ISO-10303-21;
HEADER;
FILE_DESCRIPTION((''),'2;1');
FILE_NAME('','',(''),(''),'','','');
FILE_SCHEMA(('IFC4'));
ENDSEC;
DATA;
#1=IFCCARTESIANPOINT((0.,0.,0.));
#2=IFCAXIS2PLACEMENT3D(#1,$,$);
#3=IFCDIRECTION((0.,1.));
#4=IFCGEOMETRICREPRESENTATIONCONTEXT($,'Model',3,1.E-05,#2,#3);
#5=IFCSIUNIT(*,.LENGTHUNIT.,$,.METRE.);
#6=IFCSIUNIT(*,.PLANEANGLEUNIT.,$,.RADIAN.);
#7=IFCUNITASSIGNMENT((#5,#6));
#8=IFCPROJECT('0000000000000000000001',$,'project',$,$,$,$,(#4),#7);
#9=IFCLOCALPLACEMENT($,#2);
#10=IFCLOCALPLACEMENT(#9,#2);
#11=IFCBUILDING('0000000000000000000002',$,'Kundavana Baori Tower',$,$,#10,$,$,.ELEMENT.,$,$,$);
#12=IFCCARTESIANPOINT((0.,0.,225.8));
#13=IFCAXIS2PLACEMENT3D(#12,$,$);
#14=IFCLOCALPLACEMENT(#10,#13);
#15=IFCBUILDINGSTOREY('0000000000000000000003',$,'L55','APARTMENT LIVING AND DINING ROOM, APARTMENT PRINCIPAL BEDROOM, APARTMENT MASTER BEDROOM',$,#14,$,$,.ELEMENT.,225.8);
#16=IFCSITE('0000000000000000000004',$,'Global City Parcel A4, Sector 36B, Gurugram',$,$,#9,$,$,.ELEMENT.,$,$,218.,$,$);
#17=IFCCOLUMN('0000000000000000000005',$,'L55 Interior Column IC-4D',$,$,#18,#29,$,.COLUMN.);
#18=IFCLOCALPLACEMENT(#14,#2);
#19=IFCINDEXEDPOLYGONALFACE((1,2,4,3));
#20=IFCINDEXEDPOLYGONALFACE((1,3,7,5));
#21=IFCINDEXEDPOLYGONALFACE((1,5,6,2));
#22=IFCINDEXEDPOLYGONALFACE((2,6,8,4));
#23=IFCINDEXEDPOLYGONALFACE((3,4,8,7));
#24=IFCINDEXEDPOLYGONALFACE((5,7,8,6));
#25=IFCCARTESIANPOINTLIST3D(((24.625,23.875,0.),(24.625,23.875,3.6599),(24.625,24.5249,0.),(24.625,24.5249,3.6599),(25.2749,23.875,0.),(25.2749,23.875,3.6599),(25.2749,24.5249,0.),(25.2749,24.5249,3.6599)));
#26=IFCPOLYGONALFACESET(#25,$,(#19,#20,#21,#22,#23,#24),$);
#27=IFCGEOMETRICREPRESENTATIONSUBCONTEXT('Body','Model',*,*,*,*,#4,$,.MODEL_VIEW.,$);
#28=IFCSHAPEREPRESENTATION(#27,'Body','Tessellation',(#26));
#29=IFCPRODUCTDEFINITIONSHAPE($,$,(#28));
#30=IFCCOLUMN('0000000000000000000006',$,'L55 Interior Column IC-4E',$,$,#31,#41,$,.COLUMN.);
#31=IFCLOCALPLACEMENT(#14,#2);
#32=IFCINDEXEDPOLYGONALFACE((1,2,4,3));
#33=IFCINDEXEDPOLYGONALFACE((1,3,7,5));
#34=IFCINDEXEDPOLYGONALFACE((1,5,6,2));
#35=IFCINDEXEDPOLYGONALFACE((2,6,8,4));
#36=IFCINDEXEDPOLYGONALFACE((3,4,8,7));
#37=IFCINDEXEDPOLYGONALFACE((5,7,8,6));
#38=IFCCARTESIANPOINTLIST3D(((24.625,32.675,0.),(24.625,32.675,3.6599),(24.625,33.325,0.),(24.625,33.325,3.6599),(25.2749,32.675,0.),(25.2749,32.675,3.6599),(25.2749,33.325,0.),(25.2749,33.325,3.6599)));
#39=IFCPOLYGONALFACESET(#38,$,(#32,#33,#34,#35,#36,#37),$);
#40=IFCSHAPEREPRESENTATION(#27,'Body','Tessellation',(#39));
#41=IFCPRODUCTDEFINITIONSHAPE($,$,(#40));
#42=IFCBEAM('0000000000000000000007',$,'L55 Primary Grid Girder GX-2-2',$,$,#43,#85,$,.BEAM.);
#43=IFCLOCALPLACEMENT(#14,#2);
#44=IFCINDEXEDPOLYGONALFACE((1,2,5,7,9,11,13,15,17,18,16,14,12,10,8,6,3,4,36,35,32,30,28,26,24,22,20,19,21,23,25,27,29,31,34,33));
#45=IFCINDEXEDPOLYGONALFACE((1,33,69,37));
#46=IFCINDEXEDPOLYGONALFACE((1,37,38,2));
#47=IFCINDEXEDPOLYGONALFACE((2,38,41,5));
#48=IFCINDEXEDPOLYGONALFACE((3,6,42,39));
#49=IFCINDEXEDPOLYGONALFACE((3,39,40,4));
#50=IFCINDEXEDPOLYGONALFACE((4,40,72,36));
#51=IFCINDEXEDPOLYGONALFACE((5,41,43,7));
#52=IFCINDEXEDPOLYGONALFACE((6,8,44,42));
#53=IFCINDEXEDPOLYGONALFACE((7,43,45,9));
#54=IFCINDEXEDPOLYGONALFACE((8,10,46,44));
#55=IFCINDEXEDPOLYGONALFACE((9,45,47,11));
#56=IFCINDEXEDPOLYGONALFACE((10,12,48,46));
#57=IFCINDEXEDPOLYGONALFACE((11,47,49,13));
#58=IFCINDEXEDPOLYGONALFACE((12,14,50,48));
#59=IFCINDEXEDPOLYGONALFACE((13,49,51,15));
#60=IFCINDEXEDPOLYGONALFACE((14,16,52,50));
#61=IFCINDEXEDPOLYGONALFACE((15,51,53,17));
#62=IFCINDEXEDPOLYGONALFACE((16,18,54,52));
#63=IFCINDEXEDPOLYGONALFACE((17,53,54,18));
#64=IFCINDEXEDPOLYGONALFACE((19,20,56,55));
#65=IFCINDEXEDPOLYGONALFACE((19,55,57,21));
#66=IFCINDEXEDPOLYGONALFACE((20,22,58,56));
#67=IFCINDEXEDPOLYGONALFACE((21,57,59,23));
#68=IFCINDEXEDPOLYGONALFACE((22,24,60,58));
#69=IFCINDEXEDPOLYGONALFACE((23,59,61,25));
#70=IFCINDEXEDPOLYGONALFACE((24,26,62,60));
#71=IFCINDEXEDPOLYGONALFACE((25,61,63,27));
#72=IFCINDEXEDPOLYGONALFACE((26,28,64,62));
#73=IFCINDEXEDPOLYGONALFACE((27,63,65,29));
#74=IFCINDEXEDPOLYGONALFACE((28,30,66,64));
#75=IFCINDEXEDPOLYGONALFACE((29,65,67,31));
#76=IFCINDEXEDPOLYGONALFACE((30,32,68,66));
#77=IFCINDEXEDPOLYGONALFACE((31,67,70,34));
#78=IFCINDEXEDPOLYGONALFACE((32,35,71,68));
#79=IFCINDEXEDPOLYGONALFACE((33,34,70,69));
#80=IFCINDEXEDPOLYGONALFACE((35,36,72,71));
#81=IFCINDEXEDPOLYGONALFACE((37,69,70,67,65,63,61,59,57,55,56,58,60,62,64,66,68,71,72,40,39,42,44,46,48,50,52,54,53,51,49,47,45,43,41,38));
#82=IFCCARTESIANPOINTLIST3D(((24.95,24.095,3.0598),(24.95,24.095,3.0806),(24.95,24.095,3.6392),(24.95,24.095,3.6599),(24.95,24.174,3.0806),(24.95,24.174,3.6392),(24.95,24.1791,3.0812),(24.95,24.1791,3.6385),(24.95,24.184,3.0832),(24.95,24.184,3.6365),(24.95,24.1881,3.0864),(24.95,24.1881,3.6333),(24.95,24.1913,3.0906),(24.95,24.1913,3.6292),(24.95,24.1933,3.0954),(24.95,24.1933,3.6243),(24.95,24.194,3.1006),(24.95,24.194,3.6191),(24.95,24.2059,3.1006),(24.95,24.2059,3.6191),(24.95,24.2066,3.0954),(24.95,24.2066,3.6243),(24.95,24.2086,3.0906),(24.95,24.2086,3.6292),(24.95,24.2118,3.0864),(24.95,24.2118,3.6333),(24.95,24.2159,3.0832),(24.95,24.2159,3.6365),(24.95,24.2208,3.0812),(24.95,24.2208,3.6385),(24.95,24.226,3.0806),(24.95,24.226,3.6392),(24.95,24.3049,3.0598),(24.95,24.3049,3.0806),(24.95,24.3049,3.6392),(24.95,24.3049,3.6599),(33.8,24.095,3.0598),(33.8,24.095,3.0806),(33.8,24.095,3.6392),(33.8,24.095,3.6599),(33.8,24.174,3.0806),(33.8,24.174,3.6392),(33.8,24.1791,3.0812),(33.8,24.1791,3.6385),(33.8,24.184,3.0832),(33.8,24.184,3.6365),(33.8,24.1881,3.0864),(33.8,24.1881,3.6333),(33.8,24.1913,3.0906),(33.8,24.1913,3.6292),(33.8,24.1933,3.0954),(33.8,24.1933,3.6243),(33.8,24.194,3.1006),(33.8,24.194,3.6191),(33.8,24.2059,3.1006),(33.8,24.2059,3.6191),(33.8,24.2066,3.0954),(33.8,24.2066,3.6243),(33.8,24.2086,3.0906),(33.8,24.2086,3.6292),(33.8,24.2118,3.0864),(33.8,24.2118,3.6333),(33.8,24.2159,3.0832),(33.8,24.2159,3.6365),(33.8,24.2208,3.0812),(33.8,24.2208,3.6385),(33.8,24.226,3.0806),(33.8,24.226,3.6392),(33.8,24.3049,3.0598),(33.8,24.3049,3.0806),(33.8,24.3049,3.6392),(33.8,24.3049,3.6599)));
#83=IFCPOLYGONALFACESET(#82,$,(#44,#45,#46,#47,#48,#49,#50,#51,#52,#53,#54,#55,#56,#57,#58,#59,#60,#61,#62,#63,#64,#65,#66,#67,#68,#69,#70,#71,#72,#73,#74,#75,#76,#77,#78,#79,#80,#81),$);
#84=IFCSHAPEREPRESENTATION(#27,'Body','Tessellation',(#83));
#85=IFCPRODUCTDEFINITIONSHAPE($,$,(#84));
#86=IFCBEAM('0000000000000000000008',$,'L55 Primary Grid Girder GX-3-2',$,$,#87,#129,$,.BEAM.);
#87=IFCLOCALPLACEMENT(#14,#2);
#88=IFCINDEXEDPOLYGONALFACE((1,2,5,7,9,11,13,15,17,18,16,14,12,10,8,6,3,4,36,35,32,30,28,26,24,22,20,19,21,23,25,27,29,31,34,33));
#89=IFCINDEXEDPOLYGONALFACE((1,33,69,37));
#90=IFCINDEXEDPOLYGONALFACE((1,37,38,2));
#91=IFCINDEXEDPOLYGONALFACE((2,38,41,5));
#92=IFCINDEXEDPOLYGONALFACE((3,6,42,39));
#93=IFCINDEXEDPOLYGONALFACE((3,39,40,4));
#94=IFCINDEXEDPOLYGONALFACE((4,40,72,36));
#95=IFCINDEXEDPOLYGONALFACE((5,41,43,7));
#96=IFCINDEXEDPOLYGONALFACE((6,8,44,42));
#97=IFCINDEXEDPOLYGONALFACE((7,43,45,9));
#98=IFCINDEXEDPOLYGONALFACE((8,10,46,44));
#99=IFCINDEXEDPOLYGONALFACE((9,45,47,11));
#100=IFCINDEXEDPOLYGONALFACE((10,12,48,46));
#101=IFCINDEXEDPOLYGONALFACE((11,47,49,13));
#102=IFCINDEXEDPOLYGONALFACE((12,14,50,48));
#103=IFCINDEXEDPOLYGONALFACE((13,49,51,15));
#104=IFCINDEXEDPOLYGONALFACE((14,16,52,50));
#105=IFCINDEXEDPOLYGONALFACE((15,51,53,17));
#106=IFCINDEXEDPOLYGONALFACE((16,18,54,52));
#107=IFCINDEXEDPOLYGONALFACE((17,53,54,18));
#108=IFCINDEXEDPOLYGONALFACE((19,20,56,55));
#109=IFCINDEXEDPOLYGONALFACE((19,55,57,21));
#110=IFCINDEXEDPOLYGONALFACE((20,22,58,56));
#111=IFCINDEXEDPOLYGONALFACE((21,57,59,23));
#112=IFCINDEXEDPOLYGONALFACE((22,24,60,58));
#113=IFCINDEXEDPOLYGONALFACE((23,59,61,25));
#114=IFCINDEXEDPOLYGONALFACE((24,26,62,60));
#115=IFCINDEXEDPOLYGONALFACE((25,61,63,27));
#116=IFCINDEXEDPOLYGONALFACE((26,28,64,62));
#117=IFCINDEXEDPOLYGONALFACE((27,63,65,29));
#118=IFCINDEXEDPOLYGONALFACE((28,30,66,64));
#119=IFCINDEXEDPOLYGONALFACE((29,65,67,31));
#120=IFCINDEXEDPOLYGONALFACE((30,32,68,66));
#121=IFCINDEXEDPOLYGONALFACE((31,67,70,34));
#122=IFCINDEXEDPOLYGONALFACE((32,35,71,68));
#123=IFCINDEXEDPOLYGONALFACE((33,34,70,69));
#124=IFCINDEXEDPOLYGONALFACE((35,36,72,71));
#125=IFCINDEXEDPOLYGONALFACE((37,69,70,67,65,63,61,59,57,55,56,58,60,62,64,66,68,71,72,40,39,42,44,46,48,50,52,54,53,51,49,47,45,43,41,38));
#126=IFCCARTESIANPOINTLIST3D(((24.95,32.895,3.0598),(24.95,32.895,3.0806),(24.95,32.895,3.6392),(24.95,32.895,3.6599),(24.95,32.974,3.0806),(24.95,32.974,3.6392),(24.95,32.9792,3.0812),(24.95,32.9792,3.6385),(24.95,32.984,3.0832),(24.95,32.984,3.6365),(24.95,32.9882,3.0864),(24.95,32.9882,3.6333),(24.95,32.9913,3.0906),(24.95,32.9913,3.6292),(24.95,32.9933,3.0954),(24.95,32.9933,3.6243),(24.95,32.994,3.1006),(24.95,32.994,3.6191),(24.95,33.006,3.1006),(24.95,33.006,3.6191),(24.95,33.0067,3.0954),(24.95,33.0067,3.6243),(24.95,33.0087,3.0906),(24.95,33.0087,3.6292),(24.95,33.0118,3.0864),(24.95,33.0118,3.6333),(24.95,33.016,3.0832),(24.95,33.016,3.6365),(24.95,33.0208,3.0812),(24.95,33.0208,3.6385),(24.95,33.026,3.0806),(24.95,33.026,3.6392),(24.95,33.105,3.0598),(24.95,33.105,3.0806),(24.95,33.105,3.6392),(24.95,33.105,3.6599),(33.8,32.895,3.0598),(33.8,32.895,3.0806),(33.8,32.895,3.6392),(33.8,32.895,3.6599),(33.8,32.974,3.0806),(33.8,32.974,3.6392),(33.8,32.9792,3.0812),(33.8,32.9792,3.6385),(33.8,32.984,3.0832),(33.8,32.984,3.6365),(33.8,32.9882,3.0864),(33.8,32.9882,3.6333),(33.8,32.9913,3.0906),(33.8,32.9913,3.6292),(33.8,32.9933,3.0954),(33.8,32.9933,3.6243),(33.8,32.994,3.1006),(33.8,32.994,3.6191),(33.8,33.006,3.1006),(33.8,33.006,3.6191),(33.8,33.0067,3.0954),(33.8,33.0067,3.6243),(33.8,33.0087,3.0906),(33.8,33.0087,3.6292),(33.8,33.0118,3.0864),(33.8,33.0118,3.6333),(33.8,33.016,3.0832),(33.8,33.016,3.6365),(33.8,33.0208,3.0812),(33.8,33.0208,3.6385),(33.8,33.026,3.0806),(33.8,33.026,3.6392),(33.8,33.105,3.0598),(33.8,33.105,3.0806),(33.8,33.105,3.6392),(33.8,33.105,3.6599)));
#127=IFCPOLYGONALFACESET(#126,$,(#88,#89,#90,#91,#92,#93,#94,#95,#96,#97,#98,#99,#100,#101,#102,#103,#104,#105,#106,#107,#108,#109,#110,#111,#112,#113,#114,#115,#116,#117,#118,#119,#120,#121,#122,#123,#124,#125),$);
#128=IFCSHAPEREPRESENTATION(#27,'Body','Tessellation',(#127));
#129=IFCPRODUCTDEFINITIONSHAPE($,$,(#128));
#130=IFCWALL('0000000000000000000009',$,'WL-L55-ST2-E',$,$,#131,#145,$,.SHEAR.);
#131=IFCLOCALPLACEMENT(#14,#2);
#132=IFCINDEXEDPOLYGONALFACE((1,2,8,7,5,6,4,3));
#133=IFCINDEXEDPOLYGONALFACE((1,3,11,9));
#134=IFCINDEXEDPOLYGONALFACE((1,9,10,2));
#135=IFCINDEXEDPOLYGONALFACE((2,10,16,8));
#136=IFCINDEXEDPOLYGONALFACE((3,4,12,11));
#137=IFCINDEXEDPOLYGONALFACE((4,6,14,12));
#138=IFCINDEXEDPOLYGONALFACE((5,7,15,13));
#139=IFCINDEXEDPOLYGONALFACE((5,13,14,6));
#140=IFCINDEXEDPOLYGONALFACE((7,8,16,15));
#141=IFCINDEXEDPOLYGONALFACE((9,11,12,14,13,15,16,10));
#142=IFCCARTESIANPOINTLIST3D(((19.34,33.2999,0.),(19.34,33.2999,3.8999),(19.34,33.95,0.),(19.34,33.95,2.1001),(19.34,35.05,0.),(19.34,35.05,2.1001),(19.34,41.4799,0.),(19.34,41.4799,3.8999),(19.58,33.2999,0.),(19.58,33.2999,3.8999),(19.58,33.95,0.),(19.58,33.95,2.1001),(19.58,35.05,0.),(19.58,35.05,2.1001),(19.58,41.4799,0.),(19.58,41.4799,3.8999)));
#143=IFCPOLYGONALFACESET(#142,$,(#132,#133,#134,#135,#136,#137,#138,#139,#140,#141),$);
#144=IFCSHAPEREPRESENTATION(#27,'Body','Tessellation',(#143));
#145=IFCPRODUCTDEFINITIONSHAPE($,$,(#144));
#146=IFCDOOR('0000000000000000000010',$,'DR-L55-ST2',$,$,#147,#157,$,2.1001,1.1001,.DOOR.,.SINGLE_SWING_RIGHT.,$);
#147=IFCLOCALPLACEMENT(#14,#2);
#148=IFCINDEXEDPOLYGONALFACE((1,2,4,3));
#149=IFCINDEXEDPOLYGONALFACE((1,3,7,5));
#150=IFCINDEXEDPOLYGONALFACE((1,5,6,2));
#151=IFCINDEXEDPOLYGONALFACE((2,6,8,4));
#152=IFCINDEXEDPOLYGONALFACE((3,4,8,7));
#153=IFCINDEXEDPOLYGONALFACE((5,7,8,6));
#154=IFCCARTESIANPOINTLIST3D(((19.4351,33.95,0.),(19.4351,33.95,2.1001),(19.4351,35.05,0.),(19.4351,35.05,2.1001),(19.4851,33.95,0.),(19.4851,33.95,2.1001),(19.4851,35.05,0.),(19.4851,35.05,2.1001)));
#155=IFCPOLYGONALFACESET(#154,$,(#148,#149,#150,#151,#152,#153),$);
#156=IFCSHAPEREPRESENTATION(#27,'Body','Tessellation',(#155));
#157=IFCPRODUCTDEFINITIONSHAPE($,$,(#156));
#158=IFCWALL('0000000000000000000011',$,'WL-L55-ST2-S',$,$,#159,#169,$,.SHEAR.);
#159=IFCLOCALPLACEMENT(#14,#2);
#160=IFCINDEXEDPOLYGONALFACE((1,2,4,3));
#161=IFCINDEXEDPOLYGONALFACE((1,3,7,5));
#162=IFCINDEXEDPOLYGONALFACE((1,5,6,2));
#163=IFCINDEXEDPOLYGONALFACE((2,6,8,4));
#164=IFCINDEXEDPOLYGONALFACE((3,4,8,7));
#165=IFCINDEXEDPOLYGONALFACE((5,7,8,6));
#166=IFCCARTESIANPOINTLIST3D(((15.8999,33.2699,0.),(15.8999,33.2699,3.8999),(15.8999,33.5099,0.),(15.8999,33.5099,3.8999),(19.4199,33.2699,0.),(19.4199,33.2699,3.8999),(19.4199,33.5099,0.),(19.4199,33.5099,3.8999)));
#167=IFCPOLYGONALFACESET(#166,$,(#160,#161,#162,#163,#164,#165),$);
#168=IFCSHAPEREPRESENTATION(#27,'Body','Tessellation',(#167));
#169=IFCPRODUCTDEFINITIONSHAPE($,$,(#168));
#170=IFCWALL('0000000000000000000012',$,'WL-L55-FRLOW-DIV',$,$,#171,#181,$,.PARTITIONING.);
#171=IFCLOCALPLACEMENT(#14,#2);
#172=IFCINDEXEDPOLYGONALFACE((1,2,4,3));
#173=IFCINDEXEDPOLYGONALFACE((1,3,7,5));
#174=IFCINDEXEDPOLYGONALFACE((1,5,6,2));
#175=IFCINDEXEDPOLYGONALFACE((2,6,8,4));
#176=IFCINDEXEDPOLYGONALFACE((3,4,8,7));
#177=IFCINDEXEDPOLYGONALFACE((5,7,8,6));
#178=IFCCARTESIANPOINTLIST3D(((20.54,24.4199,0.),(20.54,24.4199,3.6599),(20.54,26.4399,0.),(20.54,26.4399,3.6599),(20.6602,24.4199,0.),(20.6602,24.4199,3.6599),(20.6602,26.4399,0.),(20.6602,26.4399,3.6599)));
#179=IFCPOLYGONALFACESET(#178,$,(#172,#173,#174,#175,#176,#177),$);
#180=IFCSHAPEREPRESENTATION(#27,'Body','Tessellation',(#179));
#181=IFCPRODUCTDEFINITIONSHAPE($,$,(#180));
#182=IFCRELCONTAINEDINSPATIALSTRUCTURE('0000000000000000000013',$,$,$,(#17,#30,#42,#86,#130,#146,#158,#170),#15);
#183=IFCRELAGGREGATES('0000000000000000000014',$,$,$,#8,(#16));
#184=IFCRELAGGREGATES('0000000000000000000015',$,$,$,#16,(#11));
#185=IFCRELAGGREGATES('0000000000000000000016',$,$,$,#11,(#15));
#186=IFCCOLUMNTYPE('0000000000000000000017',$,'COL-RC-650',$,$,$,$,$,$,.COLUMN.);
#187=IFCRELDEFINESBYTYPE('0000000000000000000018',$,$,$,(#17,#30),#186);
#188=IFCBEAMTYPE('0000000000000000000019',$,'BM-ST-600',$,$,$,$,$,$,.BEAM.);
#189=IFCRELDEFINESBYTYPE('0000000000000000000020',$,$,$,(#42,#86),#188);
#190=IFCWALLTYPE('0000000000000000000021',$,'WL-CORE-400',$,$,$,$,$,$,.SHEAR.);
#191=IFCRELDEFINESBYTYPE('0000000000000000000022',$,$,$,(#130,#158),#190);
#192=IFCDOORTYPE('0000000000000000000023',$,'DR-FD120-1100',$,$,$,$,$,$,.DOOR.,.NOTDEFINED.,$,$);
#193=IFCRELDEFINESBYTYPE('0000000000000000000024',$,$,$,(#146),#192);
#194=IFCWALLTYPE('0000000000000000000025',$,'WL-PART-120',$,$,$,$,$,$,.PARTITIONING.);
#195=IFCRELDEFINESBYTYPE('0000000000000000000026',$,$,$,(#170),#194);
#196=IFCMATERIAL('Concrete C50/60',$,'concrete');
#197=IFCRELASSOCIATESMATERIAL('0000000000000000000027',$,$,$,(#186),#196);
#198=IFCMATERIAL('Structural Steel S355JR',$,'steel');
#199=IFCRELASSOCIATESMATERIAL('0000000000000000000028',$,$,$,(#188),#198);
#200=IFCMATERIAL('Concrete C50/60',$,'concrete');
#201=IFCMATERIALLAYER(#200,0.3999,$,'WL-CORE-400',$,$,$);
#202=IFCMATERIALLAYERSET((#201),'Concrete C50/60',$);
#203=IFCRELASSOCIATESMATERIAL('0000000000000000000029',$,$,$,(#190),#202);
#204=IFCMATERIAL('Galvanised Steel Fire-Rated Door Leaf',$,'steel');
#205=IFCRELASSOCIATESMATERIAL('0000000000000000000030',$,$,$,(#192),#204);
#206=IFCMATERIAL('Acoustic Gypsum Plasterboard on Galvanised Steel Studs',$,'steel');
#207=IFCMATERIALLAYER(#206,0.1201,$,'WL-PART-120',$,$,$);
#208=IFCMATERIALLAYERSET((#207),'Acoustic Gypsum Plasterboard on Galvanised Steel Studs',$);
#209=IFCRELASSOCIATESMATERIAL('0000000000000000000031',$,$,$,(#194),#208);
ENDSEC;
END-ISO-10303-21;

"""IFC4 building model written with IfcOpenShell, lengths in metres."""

from ifc_helpers import new_model, si_unit, direction, frame, frame_2d, origin, origin_2d, place, context, subcontext, project, spatial, rectangle, i_section, extrude, material, layer, layer_set, material_profile, profile_set, type_object, element, fill, save


model = new_model("IFC4")

# Units and contexts
model_context = context("Model", 3, precision=1e-05, world=origin(), true_north=direction((0.0, 1.0)))
body_context = subcontext(model_context, "Body", "Model", "MODEL_VIEW")
ifc_project = project(units=[si_unit("LENGTHUNIT", "METRE"), si_unit("PLANEANGLEUNIT", "RADIAN")], contexts=[model_context])

# Site, building, storey
site_placement = place(None, origin())
site = spatial("IfcSite", under=ifc_project, at=site_placement, Name="Global City Parcel A4, Sector 36B, Gurugram", CompositionType="ELEMENT", RefElevation=218.0)
building_placement = place(site_placement, origin())
building = spatial("IfcBuilding", under=site, at=building_placement, Name="Kundavana Baori Tower", CompositionType="ELEMENT")
storey_placement = place(building_placement, frame((0.0, 0.0, 225.8)))
storey = spatial("IfcBuildingStorey", under=building, at=storey_placement, Name="L55", Description="APARTMENT LIVING AND DINING ROOM, APARTMENT PRINCIPAL BEDROOM, APARTMENT MASTER BEDROOM", CompositionType="ELEMENT", Elevation=225.8)

# Columns
ifc_material_1 = material(Name="Concrete C50/60", Category="concrete")
ifc_material_profile_1 = material_profile(ifc_material_1, rectangle(XDim=0.6499, YDim=0.6499, at=origin_2d()), Name="RC 650x650")
ifc_profile_set_1 = profile_set([ifc_material_profile_1], Name="Concrete C50/60")
column_type = type_object("IfcColumnType", Name="COL-RC-650", PredefinedType="COLUMN", material=ifc_profile_set_1)
for number, where, z_axis, x_axis, name in (
    (1, (24.95, 24.2, 0.0), (0.0, 0.0, 1.0), (1.0, 0.0, 0.0), "L55 Interior Column IC-4D"),
    (2, (24.95, 33.0, 0.0), (0.0, 0.0, 1.0), (1.0, 0.0, 0.0), "L55 Interior Column IC-4E"),
):
    element("IfcColumn", number, at=place(storey_placement, frame(where, z_axis=z_axis, x_axis=x_axis)), inside=storey, type_object=column_type, Name=name, PredefinedType="COLUMN", context=body_context, shape_type="SweptSolid", body=[
        extrude(rectangle(XDim=0.6499, YDim=0.6499, at=origin_2d()), origin(), (0.0, 0.0, 1.0), 3.6599),
    ])

# Beams
ifc_material_2 = material(Name="Structural Steel S355JR", Category="steel")
ifc_material_profile_2 = material_profile(ifc_material_2, i_section(OverallWidth=0.21, OverallDepth=0.6001, WebThickness=0.012, FlangeThickness=0.0208, FilletRadius=0.02, at=origin_2d()), Name="ISMB 600")
ifc_profile_set_2 = profile_set([ifc_material_profile_2], Name="Structural Steel S355JR")
beam_type = type_object("IfcBeamType", Name="BM-ST-600", PredefinedType="BEAM", material=ifc_profile_set_2)
for number, where, z_axis, x_axis, name in (
    (3, (24.95, 24.2, 3.3599), (1.0, 0.0, 0.0), (0.0, 1.0, 0.0), "L55 Primary Grid Girder GX-2-2"),
    (4, (24.95, 33.0, 3.3599), (1.0, 0.0, 0.0), (0.0, 1.0, 0.0), "L55 Primary Grid Girder GX-3-2"),
):
    element("IfcBeam", number, at=place(storey_placement, frame(where, z_axis=z_axis, x_axis=x_axis)), inside=storey, type_object=beam_type, Name=name, PredefinedType="BEAM", context=body_context, shape_type="SweptSolid", body=[
        extrude(i_section(OverallWidth=0.21, OverallDepth=0.6001, WebThickness=0.012, FlangeThickness=0.0208, FilletRadius=0.02, at=origin_2d()), origin(), (0.0, 0.0, 1.0), 8.8501),
    ])

# Wall, opening, door
ifc_material_3 = material(Name="Concrete C50/60", Category="concrete")
ifc_layer_1 = layer(ifc_material_3, 0.3999, Name="WL-CORE-400")
ifc_layer_set_1 = layer_set([ifc_layer_1], Name="Concrete C50/60")
wall_type_1 = type_object("IfcWallType", Name="WL-CORE-400", PredefinedType="SHEAR", material=ifc_layer_set_1)
wall_1_placement = place(storey_placement, frame((19.46, 33.3, 0.0), z_axis=(0.0, 0.0, 1.0), x_axis=(0.0, 1.0, 0.0)))
wall_1 = element("IfcWall", 5, at=wall_1_placement, inside=storey, type_object=wall_type_1, Name="WL-L55-ST2-E", PredefinedType="SHEAR", context=body_context, shape_type="SweptSolid", body=[
    extrude(rectangle(XDim=8.1799, YDim=0.24, at=frame_2d((4.0898, 0.0))), origin(), (0.0, 0.0, 1.0), 3.8999),
])
opening_1_placement = place(wall_1_placement, frame((0.6499, 0.0, 0.0)))
opening_1 = element("IfcOpeningElement", 6, at=opening_1_placement, cuts=wall_1, PredefinedType="OPENING", context=body_context, shape_type="SweptSolid", body=[
    extrude(rectangle(XDim=1.1001, YDim=2.1001, at=frame_2d((0.55, 1.05))), frame((0.0, 0.1299, 0.0), z_axis=(0.0, -1.0, 0.0), x_axis=(1.0, 0.0, 0.0)), (0.0, 0.0, 1.0), 0.26),
])
ifc_material_4 = material(Name="Galvanised Steel Fire-Rated Door Leaf", Category="steel")
door_type_1 = type_object("IfcDoorType", Name="DR-FD120-1100", OperationType="NOTDEFINED", PredefinedType="DOOR", material=ifc_material_4)
door_1_placement = place(opening_1_placement, origin())
door_1 = element("IfcDoor", 7, at=door_1_placement, inside=storey, type_object=door_type_1, Name="DR-L55-ST2", OperationType="SINGLE_SWING_RIGHT", OverallHeight=2.1001, OverallWidth=1.1001, PredefinedType="DOOR", context=body_context, shape_type="SweptSolid", body=[
    extrude(rectangle(XDim=1.1001, YDim=2.1001, at=frame_2d((0.55, 1.05))), frame((0.0, 0.0249, 0.0), z_axis=(0.0, -1.0, 0.0), x_axis=(1.0, 0.0, 0.0)), (0.0, 0.0, 1.0), 0.05),
])
fill(opening_1, door_1)

# Walls
wall_2_placement = place(storey_placement, frame((15.8999, 33.3899, 0.0), z_axis=(0.0, 0.0, 1.0), x_axis=(1.0, 0.0, 0.0)))
element("IfcWall", 8, at=wall_2_placement, inside=storey, type_object=wall_type_1, Name="WL-L55-ST2-S", PredefinedType="SHEAR", context=body_context, shape_type="SweptSolid", body=[
    extrude(rectangle(XDim=3.52, YDim=0.24, at=frame_2d((1.76, 0.0))), origin(), (0.0, 0.0, 1.0), 3.8999),
])
ifc_material_5 = material(Name="Acoustic Gypsum Plasterboard on Galvanised Steel Studs", Category="steel")
ifc_layer_2 = layer(ifc_material_5, 0.1201, Name="WL-PART-120")
ifc_layer_set_2 = layer_set([ifc_layer_2], Name="Acoustic Gypsum Plasterboard on Galvanised Steel Studs")
wall_type_2 = type_object("IfcWallType", Name="WL-PART-120", PredefinedType="PARTITIONING", material=ifc_layer_set_2)
wall_3_placement = place(storey_placement, frame((20.6001, 24.4199, 0.0), z_axis=(0.0, 0.0, 1.0), x_axis=(0.0, 1.0, 0.0)))
element("IfcWall", 9, at=wall_3_placement, inside=storey, type_object=wall_type_2, Name="WL-L55-FRLOW-DIV", PredefinedType="PARTITIONING", context=body_context, shape_type="SweptSolid", body=[
    extrude(rectangle(XDim=2.02, YDim=0.1201, at=frame_2d((1.01, 0.0))), origin(), (0.0, 0.0, 1.0), 3.6599),
])

save(model, "model.ifc")
